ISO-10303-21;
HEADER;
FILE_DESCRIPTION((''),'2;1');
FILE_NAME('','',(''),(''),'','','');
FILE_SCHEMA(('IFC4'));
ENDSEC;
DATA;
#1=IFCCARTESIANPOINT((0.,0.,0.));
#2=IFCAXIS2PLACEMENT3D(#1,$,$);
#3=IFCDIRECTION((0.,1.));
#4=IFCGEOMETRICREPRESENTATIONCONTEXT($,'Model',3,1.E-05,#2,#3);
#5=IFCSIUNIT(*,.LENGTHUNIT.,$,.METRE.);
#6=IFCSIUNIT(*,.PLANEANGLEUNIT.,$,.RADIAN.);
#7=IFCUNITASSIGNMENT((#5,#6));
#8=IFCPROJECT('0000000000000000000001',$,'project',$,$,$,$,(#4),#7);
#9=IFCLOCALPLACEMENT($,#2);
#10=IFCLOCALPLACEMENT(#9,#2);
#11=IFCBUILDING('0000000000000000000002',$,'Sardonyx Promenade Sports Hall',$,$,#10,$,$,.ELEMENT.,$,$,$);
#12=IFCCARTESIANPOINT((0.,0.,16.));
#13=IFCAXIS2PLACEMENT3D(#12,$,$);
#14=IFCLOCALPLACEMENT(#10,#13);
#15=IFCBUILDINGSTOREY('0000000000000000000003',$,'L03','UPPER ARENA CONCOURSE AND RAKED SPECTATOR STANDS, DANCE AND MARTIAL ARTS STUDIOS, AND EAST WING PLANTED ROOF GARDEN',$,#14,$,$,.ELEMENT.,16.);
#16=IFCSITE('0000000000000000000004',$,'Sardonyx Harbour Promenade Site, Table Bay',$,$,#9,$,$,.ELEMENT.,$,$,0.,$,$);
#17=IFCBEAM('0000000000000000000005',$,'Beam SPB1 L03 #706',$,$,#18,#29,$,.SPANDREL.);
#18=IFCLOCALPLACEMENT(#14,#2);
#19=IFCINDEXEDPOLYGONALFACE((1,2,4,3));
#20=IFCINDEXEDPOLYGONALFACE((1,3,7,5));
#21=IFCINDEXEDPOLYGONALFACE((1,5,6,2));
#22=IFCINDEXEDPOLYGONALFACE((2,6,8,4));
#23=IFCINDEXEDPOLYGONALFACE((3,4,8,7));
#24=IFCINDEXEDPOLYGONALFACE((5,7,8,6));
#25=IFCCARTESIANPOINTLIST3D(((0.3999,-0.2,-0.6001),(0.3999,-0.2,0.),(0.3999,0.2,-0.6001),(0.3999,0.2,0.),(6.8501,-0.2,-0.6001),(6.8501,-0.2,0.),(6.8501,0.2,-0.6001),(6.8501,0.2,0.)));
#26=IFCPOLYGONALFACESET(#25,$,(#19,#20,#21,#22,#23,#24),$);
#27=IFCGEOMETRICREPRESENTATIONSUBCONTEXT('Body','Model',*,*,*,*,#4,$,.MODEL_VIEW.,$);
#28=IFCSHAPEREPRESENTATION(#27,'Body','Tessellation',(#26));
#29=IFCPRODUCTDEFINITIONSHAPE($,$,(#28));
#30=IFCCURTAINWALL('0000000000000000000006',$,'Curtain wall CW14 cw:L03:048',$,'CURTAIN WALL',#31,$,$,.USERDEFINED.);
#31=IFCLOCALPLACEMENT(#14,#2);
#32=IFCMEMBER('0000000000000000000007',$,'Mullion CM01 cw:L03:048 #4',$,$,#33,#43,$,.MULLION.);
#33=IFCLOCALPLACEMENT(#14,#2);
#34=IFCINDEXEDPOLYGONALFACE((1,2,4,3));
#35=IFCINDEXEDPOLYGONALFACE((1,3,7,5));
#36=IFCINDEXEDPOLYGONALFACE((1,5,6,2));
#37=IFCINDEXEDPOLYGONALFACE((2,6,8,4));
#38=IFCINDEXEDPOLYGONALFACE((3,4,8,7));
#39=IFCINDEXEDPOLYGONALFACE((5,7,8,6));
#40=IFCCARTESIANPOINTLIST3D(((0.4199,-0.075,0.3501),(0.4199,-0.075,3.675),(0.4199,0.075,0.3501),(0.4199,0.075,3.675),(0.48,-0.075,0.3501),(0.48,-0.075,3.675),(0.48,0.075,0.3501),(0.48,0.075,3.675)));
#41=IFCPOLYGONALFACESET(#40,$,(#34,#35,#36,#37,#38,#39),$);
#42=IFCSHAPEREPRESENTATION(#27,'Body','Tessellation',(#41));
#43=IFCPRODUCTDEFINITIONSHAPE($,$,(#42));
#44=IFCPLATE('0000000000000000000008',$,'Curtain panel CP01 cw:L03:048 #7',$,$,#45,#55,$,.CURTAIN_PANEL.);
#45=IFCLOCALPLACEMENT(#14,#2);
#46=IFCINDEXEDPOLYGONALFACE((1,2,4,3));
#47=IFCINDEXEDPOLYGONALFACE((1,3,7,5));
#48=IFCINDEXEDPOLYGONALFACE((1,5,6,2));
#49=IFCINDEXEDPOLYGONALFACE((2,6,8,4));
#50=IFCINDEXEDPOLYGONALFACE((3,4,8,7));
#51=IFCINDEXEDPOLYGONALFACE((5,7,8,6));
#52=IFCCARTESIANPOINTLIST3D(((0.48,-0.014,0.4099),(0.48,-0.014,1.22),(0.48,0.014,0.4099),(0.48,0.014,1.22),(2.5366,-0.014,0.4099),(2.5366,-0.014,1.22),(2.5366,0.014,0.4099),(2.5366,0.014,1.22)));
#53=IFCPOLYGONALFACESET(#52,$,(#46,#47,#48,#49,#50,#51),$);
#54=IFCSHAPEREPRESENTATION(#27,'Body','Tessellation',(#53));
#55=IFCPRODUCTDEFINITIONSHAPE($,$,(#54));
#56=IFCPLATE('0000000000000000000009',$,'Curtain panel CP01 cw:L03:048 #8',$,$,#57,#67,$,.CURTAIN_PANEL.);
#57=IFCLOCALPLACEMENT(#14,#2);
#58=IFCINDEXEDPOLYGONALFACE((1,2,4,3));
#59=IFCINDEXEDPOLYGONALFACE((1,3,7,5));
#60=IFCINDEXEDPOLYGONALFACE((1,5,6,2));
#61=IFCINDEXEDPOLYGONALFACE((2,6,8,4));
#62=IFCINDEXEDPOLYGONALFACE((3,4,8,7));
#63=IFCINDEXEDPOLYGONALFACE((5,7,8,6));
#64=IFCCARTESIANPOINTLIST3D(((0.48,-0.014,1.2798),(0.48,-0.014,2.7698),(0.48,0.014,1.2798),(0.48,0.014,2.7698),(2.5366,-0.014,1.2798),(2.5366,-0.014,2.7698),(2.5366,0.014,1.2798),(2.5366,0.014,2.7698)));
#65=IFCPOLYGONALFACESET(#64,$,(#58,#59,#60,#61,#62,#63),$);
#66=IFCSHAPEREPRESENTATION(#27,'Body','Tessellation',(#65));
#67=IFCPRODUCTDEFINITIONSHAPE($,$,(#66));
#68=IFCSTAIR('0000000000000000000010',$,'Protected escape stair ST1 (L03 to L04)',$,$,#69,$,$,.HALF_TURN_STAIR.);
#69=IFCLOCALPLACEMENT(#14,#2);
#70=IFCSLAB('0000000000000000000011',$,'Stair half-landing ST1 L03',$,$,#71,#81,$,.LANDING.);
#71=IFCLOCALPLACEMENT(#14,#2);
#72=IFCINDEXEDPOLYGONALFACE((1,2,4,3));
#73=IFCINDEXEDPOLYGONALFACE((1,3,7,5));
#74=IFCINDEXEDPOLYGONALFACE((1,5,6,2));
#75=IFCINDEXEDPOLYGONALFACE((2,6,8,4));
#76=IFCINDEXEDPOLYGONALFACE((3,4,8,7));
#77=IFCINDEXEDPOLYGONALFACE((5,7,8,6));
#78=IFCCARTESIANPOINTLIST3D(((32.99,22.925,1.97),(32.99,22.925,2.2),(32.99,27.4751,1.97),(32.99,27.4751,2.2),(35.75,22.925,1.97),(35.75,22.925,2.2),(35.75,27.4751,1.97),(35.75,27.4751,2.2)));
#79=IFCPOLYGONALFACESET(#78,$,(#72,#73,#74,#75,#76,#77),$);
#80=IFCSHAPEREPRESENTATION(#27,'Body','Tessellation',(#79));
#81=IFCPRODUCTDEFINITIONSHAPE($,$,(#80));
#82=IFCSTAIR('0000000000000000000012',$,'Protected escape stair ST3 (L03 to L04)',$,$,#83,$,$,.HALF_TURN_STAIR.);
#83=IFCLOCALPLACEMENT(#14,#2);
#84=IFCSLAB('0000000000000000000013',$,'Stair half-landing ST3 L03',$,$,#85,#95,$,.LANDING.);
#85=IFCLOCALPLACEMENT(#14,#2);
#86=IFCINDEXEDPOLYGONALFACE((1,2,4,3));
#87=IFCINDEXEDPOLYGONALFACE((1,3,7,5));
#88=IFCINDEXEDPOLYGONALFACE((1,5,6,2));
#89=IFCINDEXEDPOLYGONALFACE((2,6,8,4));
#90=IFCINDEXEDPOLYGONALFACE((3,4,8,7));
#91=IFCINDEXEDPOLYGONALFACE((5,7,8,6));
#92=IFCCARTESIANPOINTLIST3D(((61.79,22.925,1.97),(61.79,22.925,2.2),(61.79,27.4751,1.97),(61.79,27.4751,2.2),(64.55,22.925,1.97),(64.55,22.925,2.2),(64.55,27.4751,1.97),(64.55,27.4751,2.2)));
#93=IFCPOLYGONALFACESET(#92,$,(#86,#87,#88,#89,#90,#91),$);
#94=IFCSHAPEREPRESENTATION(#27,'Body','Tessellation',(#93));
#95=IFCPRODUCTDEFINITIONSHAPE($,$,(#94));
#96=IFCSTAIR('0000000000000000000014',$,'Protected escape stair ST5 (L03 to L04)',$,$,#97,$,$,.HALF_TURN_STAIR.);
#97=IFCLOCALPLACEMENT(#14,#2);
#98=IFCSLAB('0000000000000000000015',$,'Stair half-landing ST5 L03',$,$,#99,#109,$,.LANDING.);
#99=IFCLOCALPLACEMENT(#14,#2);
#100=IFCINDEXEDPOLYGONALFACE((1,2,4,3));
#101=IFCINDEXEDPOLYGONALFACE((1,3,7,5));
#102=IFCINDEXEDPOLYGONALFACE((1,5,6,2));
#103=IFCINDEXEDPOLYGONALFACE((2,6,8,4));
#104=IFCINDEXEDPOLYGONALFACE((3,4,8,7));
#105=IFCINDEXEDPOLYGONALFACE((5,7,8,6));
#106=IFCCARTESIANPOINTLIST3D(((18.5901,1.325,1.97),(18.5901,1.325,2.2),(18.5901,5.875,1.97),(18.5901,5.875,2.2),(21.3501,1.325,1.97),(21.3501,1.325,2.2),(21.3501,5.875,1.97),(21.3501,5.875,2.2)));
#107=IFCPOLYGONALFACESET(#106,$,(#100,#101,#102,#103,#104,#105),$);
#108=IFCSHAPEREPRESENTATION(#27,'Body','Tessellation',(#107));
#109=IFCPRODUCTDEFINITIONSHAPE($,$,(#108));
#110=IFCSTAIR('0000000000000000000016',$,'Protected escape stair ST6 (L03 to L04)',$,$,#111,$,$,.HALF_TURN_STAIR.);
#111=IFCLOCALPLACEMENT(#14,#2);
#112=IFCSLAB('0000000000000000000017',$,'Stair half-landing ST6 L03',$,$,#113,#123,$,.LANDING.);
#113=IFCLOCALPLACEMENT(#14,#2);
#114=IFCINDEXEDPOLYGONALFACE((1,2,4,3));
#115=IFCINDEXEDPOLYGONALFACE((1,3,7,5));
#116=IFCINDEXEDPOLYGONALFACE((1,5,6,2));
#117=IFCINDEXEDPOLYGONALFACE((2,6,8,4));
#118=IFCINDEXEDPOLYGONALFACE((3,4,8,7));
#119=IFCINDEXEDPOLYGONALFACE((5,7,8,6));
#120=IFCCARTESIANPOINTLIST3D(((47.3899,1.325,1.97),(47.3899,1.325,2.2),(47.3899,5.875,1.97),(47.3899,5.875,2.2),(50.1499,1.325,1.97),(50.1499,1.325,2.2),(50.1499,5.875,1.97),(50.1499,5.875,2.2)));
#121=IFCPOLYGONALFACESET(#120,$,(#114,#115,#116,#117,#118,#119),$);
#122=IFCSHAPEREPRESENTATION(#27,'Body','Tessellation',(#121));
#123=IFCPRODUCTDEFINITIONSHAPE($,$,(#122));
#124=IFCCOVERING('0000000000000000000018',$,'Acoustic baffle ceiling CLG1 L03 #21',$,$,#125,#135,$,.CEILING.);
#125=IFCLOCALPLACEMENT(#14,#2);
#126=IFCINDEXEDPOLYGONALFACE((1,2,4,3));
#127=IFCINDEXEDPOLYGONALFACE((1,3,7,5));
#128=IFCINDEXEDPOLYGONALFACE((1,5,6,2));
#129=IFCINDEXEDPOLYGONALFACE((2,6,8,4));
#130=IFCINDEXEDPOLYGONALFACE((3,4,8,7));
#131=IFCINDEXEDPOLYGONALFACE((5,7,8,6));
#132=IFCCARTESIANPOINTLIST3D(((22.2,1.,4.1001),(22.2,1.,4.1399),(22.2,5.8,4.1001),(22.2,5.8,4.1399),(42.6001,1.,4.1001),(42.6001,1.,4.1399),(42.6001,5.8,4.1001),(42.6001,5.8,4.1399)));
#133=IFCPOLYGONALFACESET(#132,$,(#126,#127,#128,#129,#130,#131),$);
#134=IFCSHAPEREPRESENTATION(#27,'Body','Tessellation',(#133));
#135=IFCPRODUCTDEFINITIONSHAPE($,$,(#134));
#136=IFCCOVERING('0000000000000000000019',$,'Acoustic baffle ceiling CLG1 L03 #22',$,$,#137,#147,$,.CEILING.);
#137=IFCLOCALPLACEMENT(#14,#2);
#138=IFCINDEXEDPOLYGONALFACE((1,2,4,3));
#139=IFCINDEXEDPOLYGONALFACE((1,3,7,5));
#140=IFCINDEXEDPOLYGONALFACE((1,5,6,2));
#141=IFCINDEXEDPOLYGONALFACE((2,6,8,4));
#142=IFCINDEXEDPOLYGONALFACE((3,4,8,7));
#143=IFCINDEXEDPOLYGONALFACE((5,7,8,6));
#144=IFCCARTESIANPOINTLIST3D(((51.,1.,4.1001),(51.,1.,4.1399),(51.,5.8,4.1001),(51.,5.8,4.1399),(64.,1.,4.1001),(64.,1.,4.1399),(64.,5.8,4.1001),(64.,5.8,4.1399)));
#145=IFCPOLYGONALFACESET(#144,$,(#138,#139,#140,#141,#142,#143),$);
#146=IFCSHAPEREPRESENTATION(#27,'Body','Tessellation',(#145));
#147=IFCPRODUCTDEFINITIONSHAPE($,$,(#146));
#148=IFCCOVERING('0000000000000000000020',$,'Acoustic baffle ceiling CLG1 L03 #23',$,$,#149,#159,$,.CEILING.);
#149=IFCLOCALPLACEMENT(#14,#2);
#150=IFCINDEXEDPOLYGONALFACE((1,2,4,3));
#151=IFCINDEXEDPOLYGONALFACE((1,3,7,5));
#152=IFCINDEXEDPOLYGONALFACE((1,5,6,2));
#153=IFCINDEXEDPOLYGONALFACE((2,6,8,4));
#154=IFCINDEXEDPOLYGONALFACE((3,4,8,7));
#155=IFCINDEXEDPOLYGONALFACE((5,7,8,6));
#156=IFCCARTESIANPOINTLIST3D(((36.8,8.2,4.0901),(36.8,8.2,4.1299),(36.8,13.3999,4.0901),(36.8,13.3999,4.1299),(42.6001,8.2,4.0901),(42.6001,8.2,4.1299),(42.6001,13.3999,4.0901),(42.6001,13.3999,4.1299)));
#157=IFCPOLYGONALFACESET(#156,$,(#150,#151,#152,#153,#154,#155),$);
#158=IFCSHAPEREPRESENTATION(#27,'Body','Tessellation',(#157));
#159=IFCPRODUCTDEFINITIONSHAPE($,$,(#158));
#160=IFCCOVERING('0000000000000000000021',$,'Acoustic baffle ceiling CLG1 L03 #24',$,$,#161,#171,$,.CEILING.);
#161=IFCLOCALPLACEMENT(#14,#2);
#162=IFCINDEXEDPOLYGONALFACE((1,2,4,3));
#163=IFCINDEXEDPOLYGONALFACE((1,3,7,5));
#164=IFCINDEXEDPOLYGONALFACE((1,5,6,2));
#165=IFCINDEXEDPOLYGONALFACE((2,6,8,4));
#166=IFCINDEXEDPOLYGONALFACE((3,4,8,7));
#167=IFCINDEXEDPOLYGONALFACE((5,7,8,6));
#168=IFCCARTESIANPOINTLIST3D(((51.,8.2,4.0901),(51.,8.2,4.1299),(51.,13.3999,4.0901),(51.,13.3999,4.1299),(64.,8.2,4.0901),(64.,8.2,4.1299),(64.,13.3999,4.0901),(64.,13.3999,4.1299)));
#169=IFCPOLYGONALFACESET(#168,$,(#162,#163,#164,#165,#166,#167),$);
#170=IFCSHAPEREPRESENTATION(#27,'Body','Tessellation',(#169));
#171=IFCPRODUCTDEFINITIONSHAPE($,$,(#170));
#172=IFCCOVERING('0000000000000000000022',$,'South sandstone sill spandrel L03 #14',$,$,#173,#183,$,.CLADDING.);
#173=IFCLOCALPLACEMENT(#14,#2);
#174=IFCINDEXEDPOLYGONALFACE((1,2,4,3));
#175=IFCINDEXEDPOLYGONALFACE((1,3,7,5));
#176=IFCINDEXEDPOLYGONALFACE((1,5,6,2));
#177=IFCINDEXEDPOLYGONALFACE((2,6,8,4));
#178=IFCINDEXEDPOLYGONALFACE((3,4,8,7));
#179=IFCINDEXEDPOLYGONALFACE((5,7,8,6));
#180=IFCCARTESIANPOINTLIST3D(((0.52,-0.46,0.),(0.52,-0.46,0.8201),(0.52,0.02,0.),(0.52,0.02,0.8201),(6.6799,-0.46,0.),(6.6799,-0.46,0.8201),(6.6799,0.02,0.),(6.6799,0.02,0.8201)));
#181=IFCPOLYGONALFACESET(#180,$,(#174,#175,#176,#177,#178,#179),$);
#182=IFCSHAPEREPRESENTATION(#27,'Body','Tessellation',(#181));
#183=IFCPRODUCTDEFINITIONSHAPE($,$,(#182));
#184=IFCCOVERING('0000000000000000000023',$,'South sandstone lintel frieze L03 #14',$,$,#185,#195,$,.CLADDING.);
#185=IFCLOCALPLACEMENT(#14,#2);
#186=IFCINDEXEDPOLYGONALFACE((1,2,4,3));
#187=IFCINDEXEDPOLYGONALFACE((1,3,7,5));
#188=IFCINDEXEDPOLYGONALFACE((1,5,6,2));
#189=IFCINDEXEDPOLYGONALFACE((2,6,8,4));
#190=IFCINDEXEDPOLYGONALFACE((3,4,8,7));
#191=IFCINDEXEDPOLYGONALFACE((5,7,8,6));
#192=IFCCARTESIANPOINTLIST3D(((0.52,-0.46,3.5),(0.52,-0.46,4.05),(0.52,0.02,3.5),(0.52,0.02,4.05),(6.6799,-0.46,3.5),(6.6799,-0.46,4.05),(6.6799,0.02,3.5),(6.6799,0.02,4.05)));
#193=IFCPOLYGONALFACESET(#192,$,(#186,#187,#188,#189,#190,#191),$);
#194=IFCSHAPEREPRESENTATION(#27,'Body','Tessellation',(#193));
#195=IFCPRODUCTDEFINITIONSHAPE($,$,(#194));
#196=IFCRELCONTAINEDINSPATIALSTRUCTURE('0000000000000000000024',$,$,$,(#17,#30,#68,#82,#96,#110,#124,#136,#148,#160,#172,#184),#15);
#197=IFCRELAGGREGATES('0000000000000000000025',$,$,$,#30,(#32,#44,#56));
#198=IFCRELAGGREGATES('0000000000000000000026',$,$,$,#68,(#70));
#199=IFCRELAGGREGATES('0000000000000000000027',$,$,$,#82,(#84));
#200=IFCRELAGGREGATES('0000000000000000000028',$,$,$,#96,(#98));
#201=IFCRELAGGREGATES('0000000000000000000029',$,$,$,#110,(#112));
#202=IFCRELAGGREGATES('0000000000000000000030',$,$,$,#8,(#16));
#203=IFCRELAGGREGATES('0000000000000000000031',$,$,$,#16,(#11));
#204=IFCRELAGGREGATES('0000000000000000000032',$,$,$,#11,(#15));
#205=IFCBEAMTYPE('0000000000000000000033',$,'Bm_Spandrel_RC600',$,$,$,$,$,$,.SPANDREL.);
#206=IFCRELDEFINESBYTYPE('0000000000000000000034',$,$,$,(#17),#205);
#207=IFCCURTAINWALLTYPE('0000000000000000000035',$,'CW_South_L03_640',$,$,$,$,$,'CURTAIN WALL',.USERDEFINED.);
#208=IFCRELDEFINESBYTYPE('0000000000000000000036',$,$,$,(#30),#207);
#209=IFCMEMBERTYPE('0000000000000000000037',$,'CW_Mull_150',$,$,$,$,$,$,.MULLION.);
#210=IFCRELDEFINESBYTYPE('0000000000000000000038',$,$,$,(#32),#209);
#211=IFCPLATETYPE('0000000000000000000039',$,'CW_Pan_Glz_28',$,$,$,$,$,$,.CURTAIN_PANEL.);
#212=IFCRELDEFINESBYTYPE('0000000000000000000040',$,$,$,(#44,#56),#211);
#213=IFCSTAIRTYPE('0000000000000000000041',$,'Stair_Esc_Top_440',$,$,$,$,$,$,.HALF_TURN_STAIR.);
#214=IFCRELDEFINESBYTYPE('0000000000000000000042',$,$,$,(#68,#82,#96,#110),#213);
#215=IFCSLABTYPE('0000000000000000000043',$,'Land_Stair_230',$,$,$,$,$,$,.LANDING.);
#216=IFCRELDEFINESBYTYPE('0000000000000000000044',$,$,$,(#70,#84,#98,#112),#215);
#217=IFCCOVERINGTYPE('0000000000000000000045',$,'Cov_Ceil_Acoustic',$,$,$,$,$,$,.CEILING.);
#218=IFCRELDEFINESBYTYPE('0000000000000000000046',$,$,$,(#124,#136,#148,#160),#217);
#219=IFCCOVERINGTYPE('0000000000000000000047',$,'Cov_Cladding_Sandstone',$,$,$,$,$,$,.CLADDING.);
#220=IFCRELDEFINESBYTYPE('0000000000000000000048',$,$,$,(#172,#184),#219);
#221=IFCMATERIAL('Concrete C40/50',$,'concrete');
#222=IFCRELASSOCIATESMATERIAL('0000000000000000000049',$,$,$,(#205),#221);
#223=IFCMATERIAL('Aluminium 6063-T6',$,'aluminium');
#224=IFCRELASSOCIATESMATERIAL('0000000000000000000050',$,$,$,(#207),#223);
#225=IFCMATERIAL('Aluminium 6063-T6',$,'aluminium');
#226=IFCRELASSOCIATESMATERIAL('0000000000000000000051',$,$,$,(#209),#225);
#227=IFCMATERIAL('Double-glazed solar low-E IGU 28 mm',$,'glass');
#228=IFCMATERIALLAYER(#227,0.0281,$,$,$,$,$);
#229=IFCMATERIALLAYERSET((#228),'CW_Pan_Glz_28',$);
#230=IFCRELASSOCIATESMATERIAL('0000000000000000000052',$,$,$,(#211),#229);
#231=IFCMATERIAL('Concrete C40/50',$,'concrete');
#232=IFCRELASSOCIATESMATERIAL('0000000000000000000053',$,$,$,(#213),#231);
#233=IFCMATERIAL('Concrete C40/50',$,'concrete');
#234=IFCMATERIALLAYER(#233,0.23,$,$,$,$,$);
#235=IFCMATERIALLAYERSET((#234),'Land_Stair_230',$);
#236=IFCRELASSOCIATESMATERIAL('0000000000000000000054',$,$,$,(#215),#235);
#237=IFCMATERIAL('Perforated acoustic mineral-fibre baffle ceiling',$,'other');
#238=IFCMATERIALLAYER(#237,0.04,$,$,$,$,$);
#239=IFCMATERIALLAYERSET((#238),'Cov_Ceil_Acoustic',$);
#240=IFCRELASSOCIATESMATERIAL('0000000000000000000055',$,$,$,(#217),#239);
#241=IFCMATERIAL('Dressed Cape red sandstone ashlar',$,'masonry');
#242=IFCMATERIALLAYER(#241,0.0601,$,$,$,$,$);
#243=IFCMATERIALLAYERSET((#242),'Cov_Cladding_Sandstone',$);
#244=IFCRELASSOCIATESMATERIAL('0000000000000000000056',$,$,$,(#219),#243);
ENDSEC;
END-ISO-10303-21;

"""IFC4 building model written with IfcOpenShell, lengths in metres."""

from ifc_helpers import new_model, si_unit, direction, frame, origin, origin_2d, place, context, subcontext, project, spatial, polyline, rectangle, outline, extrude, material, layer, layer_set, material_profile, profile_set, type_object, element, aggregate, save


model = new_model("IFC4")

# Units and contexts
model_context = context("Model", 3, precision=1e-05, world=origin(), true_north=direction((0.0, 1.0)))
body_context = subcontext(model_context, "Body", "Model", "MODEL_VIEW")
ifc_project = project(units=[si_unit("LENGTHUNIT", "METRE"), si_unit("PLANEANGLEUNIT", "RADIAN")], contexts=[model_context])

# Site, building, storey
site_placement = place(None, origin())
site = spatial("IfcSite", under=ifc_project, at=site_placement, Name="Sardonyx Harbour Promenade Site, Table Bay", CompositionType="ELEMENT", RefElevation=0.0)
building_placement = place(site_placement, origin())
building = spatial("IfcBuilding", under=site, at=building_placement, Name="Sardonyx Promenade Sports Hall", CompositionType="ELEMENT")
storey_placement = place(building_placement, frame((0.0, 0.0, 16.0)))
storey = spatial("IfcBuildingStorey", under=building, at=storey_placement, Name="L03", Description="UPPER ARENA CONCOURSE AND RAKED SPECTATOR STANDS, DANCE AND MARTIAL ARTS STUDIOS, AND EAST WING PLANTED ROOF GARDEN", CompositionType="ELEMENT", Elevation=16.0)

# Beam
ifc_material_1 = material(Name="Concrete C40/50", Category="concrete")
ifc_material_profile_1 = material_profile(ifc_material_1, rectangle(XDim=0.3999, YDim=0.6001, at=origin_2d()))
ifc_profile_set_1 = profile_set([ifc_material_profile_1], Name="Concrete C40/50")
beam_type = type_object("IfcBeamType", Name="Bm_Spandrel_RC600", PredefinedType="SPANDREL", material=ifc_profile_set_1)
beam_placement = place(storey_placement, frame((0.3999, 0.0, -0.3), z_axis=(1.0, 0.0, 0.0), x_axis=(0.0, 1.0, 0.0)))
element("IfcBeam", 1, at=beam_placement, inside=storey, type_object=beam_type, Name="Beam SPB1 L03 #706", PredefinedType="SPANDREL", context=body_context, shape_type="SweptSolid", body=[
    extrude(rectangle(XDim=0.3999, YDim=0.6001, at=origin_2d()), origin(), (0.0, 0.0, 1.0), 6.4502),
])

# Curtain wall, member, plates
ifc_material_2 = material(Name="Aluminium 6063-T6", Category="aluminium")
curtain_wall_type = type_object("IfcCurtainWallType", Name="CW_South_L03_640", ElementType="CURTAIN WALL", PredefinedType="USERDEFINED", material=ifc_material_2)
curtain_wall_placement = place(storey_placement, origin())
curtain_wall = element("IfcCurtainWall", 2, at=curtain_wall_placement, inside=storey, type_object=curtain_wall_type, Name="Curtain wall CW14 cw:L03:048", ObjectType="CURTAIN WALL", PredefinedType="USERDEFINED")
ifc_material_3 = material(Name="Aluminium 6063-T6", Category="aluminium")
ifc_material_profile_2 = material_profile(ifc_material_3, rectangle(XDim=0.0601, YDim=0.1499, at=origin_2d()))
ifc_profile_set_2 = profile_set([ifc_material_profile_2], Name="Aluminium 6063-T6")
member_type = type_object("IfcMemberType", Name="CW_Mull_150", PredefinedType="MULLION", material=ifc_profile_set_2)
member_placement = place(storey_placement, frame((0.45, 0.0, 0.3501), z_axis=(0.0, 0.0, 1.0), x_axis=(-1.0, 0.0, 0.0)))
member = element("IfcMember", 3, at=member_placement, type_object=member_type, Name="Mullion CM01 cw:L03:048 #4", PredefinedType="MULLION", context=body_context, shape_type="SweptSolid", body=[
    extrude(rectangle(XDim=0.0601, YDim=0.1499, at=origin_2d()), origin(), (0.0, 0.0, 1.0), 3.325),
])
ifc_material_4 = material(Name="Double-glazed solar low-E IGU 28 mm", Category="glass")
ifc_layer_1 = layer(ifc_material_4, 0.0281)
ifc_layer_set_1 = layer_set([ifc_layer_1], Name="CW_Pan_Glz_28")
plate_type = type_object("IfcPlateType", Name="CW_Pan_Glz_28", PredefinedType="CURTAIN_PANEL", material=ifc_layer_set_1)
plate_1_placement = place(storey_placement, frame((1.5083, 0.0, 0.4099), z_axis=(0.0, 0.0, 1.0), x_axis=(-1.0, 0.0, 0.0)))
plate_1 = element("IfcPlate", 4, at=plate_1_placement, type_object=plate_type, Name="Curtain panel CP01 cw:L03:048 #7", PredefinedType="CURTAIN_PANEL", context=body_context, shape_type="SweptSolid", body=[
    extrude(rectangle(XDim=2.0566, YDim=0.0281, at=origin_2d()), origin(), (0.0, 0.0, 1.0), 0.8101),
])
plate_2_placement = place(storey_placement, frame((1.5083, 0.0, 1.2798), z_axis=(0.0, 0.0, 1.0), x_axis=(-1.0, 0.0, 0.0)))
plate_2 = element("IfcPlate", 5, at=plate_2_placement, type_object=plate_type, Name="Curtain panel CP01 cw:L03:048 #8", PredefinedType="CURTAIN_PANEL", context=body_context, shape_type="SweptSolid", body=[
    extrude(rectangle(XDim=2.0566, YDim=0.0281, at=origin_2d()), origin(), (0.0, 0.0, 1.0), 1.49),
])
aggregate(curtain_wall, [member, plate_1, plate_2])

# Stairs, slabs
ifc_material_5 = material(Name="Concrete C40/50", Category="concrete")
stair_type = type_object("IfcStairType", Name="Stair_Esc_Top_440", PredefinedType="HALF_TURN_STAIR", material=ifc_material_5)
stair_1_placement = place(storey_placement, origin())
stair_1 = element("IfcStair", 6, at=stair_1_placement, inside=storey, type_object=stair_type, Name="Protected escape stair ST1 (L03 to L04)", PredefinedType="HALF_TURN_STAIR")
ifc_material_6 = material(Name="Concrete C40/50", Category="concrete")
ifc_layer_2 = layer(ifc_material_6, 0.23)
ifc_layer_set_2 = layer_set([ifc_layer_2], Name="Land_Stair_230")
slab_type = type_object("IfcSlabType", Name="Land_Stair_230", PredefinedType="LANDING", material=ifc_layer_set_2)
slab_1_placement = place(storey_placement, frame((0.0, 0.0, 1.97)))
slab_1 = element("IfcSlab", 7, at=slab_1_placement, type_object=slab_type, Name="Stair half-landing ST1 L03", PredefinedType="LANDING", context=body_context, shape_type="SweptSolid", body=[
    extrude(outline(polyline([(32.99, 22.925), (35.75, 22.925), (35.75, 27.4751), (32.99, 27.4751), (32.99, 22.925)])), origin(), (0.0, 0.0, 1.0), 0.23),
])
aggregate(stair_1, [slab_1])
stair_2_placement = place(storey_placement, origin())
stair_2 = element("IfcStair", 8, at=stair_2_placement, inside=storey, type_object=stair_type, Name="Protected escape stair ST3 (L03 to L04)", PredefinedType="HALF_TURN_STAIR")
slab_2_placement = place(storey_placement, frame((0.0, 0.0, 1.97)))
slab_2 = element("IfcSlab", 9, at=slab_2_placement, type_object=slab_type, Name="Stair half-landing ST3 L03", PredefinedType="LANDING", context=body_context, shape_type="SweptSolid", body=[
    extrude(outline(polyline([(61.79, 22.925), (64.55, 22.925), (64.55, 27.4751), (61.79, 27.4751), (61.79, 22.925)])), origin(), (0.0, 0.0, 1.0), 0.23),
])
aggregate(stair_2, [slab_2])
stair_3_placement = place(storey_placement, origin())
stair_3 = element("IfcStair", 10, at=stair_3_placement, inside=storey, type_object=stair_type, Name="Protected escape stair ST5 (L03 to L04)", PredefinedType="HALF_TURN_STAIR")
slab_3_placement = place(storey_placement, frame((0.0, 0.0, 1.97)))
slab_3 = element("IfcSlab", 11, at=slab_3_placement, type_object=slab_type, Name="Stair half-landing ST5 L03", PredefinedType="LANDING", context=body_context, shape_type="SweptSolid", body=[
    extrude(outline(polyline([(18.5901, 1.325), (21.3501, 1.325), (21.3501, 5.875), (18.5901, 5.875), (18.5901, 1.325)])), origin(), (0.0, 0.0, 1.0), 0.23),
])
aggregate(stair_3, [slab_3])
stair_4_placement = place(storey_placement, origin())
stair_4 = element("IfcStair", 12, at=stair_4_placement, inside=storey, type_object=stair_type, Name="Protected escape stair ST6 (L03 to L04)", PredefinedType="HALF_TURN_STAIR")
slab_4_placement = place(storey_placement, frame((0.0, 0.0, 1.97)))
slab_4 = element("IfcSlab", 13, at=slab_4_placement, type_object=slab_type, Name="Stair half-landing ST6 L03", PredefinedType="LANDING", context=body_context, shape_type="SweptSolid", body=[
    extrude(outline(polyline([(47.3899, 1.325), (50.1499, 1.325), (50.1499, 5.875), (47.3899, 5.875), (47.3899, 1.325)])), origin(), (0.0, 0.0, 1.0), 0.23),
])
aggregate(stair_4, [slab_4])

# Coverings
ifc_material_7 = material(Name="Perforated acoustic mineral-fibre baffle ceiling", Category="other")
ifc_layer_3 = layer(ifc_material_7, 0.04)
ifc_layer_set_3 = layer_set([ifc_layer_3], Name="Cov_Ceil_Acoustic")
covering_type_1 = type_object("IfcCoveringType", Name="Cov_Ceil_Acoustic", PredefinedType="CEILING", material=ifc_layer_set_3)
covering_1_placement = place(storey_placement, frame((0.0, 0.0, 4.1001)))
element("IfcCovering", 14, at=covering_1_placement, inside=storey, type_object=covering_type_1, Name="Acoustic baffle ceiling CLG1 L03 #21", PredefinedType="CEILING", context=body_context, shape_type="SweptSolid", body=[
    extrude(outline(polyline([(22.2, 5.8), (22.2, 1.0), (42.6001, 1.0), (42.6001, 5.8), (22.2, 5.8)])), origin(), (0.0, 0.0, 1.0), 0.0398),
])
covering_2_placement = place(storey_placement, frame((0.0, 0.0, 4.1001)))
element("IfcCovering", 15, at=covering_2_placement, inside=storey, type_object=covering_type_1, Name="Acoustic baffle ceiling CLG1 L03 #22", PredefinedType="CEILING", context=body_context, shape_type="SweptSolid", body=[
    extrude(outline(polyline([(51.0, 5.8), (51.0, 1.0), (64.0, 1.0), (64.0, 5.8), (51.0, 5.8)])), origin(), (0.0, 0.0, 1.0), 0.0398),
])
covering_3_placement = place(storey_placement, frame((0.0, 0.0, 4.0901)))
element("IfcCovering", 16, at=covering_3_placement, inside=storey, type_object=covering_type_1, Name="Acoustic baffle ceiling CLG1 L03 #23", PredefinedType="CEILING", context=body_context, shape_type="SweptSolid", body=[
    extrude(outline(polyline([(36.8, 13.3999), (36.8, 8.2), (42.6001, 8.2), (42.6001, 13.3999), (36.8, 13.3999)])), origin(), (0.0, 0.0, 1.0), 0.0398),
])
covering_4_placement = place(storey_placement, frame((0.0, 0.0, 4.0901)))
element("IfcCovering", 17, at=covering_4_placement, inside=storey, type_object=covering_type_1, Name="Acoustic baffle ceiling CLG1 L03 #24", PredefinedType="CEILING", context=body_context, shape_type="SweptSolid", body=[
    extrude(outline(polyline([(51.0, 13.3999), (51.0, 8.2), (64.0, 8.2), (64.0, 13.3999), (51.0, 13.3999)])), origin(), (0.0, 0.0, 1.0), 0.0398),
])
ifc_material_8 = material(Name="Dressed Cape red sandstone ashlar", Category="masonry")
ifc_layer_4 = layer(ifc_material_8, 0.0601)
ifc_layer_set_4 = layer_set([ifc_layer_4], Name="Cov_Cladding_Sandstone")
covering_type_2 = type_object("IfcCoveringType", Name="Cov_Cladding_Sandstone", PredefinedType="CLADDING", material=ifc_layer_set_4)
covering_5_placement = place(storey_placement, origin())
element("IfcCovering", 18, at=covering_5_placement, inside=storey, type_object=covering_type_2, Name="South sandstone sill spandrel L03 #14", PredefinedType="CLADDING", context=body_context, shape_type="SweptSolid", body=[
    extrude(outline(polyline([(0.52, -0.46), (6.6799, -0.46), (6.6799, 0.02), (0.52, 0.02), (0.52, -0.46)])), origin(), (0.0, 0.0, 1.0), 0.8201),
])
covering_6_placement = place(storey_placement, frame((0.0, 0.0, 3.5)))
element("IfcCovering", 19, at=covering_6_placement, inside=storey, type_object=covering_type_2, Name="South sandstone lintel frieze L03 #14", PredefinedType="CLADDING", context=body_context, shape_type="SweptSolid", body=[
    extrude(outline(polyline([(0.52, -0.46), (6.6799, -0.46), (6.6799, 0.02), (0.52, 0.02), (0.52, -0.46)])), origin(), (0.0, 0.0, 1.0), 0.55),
])

save(model, "model.ifc")
